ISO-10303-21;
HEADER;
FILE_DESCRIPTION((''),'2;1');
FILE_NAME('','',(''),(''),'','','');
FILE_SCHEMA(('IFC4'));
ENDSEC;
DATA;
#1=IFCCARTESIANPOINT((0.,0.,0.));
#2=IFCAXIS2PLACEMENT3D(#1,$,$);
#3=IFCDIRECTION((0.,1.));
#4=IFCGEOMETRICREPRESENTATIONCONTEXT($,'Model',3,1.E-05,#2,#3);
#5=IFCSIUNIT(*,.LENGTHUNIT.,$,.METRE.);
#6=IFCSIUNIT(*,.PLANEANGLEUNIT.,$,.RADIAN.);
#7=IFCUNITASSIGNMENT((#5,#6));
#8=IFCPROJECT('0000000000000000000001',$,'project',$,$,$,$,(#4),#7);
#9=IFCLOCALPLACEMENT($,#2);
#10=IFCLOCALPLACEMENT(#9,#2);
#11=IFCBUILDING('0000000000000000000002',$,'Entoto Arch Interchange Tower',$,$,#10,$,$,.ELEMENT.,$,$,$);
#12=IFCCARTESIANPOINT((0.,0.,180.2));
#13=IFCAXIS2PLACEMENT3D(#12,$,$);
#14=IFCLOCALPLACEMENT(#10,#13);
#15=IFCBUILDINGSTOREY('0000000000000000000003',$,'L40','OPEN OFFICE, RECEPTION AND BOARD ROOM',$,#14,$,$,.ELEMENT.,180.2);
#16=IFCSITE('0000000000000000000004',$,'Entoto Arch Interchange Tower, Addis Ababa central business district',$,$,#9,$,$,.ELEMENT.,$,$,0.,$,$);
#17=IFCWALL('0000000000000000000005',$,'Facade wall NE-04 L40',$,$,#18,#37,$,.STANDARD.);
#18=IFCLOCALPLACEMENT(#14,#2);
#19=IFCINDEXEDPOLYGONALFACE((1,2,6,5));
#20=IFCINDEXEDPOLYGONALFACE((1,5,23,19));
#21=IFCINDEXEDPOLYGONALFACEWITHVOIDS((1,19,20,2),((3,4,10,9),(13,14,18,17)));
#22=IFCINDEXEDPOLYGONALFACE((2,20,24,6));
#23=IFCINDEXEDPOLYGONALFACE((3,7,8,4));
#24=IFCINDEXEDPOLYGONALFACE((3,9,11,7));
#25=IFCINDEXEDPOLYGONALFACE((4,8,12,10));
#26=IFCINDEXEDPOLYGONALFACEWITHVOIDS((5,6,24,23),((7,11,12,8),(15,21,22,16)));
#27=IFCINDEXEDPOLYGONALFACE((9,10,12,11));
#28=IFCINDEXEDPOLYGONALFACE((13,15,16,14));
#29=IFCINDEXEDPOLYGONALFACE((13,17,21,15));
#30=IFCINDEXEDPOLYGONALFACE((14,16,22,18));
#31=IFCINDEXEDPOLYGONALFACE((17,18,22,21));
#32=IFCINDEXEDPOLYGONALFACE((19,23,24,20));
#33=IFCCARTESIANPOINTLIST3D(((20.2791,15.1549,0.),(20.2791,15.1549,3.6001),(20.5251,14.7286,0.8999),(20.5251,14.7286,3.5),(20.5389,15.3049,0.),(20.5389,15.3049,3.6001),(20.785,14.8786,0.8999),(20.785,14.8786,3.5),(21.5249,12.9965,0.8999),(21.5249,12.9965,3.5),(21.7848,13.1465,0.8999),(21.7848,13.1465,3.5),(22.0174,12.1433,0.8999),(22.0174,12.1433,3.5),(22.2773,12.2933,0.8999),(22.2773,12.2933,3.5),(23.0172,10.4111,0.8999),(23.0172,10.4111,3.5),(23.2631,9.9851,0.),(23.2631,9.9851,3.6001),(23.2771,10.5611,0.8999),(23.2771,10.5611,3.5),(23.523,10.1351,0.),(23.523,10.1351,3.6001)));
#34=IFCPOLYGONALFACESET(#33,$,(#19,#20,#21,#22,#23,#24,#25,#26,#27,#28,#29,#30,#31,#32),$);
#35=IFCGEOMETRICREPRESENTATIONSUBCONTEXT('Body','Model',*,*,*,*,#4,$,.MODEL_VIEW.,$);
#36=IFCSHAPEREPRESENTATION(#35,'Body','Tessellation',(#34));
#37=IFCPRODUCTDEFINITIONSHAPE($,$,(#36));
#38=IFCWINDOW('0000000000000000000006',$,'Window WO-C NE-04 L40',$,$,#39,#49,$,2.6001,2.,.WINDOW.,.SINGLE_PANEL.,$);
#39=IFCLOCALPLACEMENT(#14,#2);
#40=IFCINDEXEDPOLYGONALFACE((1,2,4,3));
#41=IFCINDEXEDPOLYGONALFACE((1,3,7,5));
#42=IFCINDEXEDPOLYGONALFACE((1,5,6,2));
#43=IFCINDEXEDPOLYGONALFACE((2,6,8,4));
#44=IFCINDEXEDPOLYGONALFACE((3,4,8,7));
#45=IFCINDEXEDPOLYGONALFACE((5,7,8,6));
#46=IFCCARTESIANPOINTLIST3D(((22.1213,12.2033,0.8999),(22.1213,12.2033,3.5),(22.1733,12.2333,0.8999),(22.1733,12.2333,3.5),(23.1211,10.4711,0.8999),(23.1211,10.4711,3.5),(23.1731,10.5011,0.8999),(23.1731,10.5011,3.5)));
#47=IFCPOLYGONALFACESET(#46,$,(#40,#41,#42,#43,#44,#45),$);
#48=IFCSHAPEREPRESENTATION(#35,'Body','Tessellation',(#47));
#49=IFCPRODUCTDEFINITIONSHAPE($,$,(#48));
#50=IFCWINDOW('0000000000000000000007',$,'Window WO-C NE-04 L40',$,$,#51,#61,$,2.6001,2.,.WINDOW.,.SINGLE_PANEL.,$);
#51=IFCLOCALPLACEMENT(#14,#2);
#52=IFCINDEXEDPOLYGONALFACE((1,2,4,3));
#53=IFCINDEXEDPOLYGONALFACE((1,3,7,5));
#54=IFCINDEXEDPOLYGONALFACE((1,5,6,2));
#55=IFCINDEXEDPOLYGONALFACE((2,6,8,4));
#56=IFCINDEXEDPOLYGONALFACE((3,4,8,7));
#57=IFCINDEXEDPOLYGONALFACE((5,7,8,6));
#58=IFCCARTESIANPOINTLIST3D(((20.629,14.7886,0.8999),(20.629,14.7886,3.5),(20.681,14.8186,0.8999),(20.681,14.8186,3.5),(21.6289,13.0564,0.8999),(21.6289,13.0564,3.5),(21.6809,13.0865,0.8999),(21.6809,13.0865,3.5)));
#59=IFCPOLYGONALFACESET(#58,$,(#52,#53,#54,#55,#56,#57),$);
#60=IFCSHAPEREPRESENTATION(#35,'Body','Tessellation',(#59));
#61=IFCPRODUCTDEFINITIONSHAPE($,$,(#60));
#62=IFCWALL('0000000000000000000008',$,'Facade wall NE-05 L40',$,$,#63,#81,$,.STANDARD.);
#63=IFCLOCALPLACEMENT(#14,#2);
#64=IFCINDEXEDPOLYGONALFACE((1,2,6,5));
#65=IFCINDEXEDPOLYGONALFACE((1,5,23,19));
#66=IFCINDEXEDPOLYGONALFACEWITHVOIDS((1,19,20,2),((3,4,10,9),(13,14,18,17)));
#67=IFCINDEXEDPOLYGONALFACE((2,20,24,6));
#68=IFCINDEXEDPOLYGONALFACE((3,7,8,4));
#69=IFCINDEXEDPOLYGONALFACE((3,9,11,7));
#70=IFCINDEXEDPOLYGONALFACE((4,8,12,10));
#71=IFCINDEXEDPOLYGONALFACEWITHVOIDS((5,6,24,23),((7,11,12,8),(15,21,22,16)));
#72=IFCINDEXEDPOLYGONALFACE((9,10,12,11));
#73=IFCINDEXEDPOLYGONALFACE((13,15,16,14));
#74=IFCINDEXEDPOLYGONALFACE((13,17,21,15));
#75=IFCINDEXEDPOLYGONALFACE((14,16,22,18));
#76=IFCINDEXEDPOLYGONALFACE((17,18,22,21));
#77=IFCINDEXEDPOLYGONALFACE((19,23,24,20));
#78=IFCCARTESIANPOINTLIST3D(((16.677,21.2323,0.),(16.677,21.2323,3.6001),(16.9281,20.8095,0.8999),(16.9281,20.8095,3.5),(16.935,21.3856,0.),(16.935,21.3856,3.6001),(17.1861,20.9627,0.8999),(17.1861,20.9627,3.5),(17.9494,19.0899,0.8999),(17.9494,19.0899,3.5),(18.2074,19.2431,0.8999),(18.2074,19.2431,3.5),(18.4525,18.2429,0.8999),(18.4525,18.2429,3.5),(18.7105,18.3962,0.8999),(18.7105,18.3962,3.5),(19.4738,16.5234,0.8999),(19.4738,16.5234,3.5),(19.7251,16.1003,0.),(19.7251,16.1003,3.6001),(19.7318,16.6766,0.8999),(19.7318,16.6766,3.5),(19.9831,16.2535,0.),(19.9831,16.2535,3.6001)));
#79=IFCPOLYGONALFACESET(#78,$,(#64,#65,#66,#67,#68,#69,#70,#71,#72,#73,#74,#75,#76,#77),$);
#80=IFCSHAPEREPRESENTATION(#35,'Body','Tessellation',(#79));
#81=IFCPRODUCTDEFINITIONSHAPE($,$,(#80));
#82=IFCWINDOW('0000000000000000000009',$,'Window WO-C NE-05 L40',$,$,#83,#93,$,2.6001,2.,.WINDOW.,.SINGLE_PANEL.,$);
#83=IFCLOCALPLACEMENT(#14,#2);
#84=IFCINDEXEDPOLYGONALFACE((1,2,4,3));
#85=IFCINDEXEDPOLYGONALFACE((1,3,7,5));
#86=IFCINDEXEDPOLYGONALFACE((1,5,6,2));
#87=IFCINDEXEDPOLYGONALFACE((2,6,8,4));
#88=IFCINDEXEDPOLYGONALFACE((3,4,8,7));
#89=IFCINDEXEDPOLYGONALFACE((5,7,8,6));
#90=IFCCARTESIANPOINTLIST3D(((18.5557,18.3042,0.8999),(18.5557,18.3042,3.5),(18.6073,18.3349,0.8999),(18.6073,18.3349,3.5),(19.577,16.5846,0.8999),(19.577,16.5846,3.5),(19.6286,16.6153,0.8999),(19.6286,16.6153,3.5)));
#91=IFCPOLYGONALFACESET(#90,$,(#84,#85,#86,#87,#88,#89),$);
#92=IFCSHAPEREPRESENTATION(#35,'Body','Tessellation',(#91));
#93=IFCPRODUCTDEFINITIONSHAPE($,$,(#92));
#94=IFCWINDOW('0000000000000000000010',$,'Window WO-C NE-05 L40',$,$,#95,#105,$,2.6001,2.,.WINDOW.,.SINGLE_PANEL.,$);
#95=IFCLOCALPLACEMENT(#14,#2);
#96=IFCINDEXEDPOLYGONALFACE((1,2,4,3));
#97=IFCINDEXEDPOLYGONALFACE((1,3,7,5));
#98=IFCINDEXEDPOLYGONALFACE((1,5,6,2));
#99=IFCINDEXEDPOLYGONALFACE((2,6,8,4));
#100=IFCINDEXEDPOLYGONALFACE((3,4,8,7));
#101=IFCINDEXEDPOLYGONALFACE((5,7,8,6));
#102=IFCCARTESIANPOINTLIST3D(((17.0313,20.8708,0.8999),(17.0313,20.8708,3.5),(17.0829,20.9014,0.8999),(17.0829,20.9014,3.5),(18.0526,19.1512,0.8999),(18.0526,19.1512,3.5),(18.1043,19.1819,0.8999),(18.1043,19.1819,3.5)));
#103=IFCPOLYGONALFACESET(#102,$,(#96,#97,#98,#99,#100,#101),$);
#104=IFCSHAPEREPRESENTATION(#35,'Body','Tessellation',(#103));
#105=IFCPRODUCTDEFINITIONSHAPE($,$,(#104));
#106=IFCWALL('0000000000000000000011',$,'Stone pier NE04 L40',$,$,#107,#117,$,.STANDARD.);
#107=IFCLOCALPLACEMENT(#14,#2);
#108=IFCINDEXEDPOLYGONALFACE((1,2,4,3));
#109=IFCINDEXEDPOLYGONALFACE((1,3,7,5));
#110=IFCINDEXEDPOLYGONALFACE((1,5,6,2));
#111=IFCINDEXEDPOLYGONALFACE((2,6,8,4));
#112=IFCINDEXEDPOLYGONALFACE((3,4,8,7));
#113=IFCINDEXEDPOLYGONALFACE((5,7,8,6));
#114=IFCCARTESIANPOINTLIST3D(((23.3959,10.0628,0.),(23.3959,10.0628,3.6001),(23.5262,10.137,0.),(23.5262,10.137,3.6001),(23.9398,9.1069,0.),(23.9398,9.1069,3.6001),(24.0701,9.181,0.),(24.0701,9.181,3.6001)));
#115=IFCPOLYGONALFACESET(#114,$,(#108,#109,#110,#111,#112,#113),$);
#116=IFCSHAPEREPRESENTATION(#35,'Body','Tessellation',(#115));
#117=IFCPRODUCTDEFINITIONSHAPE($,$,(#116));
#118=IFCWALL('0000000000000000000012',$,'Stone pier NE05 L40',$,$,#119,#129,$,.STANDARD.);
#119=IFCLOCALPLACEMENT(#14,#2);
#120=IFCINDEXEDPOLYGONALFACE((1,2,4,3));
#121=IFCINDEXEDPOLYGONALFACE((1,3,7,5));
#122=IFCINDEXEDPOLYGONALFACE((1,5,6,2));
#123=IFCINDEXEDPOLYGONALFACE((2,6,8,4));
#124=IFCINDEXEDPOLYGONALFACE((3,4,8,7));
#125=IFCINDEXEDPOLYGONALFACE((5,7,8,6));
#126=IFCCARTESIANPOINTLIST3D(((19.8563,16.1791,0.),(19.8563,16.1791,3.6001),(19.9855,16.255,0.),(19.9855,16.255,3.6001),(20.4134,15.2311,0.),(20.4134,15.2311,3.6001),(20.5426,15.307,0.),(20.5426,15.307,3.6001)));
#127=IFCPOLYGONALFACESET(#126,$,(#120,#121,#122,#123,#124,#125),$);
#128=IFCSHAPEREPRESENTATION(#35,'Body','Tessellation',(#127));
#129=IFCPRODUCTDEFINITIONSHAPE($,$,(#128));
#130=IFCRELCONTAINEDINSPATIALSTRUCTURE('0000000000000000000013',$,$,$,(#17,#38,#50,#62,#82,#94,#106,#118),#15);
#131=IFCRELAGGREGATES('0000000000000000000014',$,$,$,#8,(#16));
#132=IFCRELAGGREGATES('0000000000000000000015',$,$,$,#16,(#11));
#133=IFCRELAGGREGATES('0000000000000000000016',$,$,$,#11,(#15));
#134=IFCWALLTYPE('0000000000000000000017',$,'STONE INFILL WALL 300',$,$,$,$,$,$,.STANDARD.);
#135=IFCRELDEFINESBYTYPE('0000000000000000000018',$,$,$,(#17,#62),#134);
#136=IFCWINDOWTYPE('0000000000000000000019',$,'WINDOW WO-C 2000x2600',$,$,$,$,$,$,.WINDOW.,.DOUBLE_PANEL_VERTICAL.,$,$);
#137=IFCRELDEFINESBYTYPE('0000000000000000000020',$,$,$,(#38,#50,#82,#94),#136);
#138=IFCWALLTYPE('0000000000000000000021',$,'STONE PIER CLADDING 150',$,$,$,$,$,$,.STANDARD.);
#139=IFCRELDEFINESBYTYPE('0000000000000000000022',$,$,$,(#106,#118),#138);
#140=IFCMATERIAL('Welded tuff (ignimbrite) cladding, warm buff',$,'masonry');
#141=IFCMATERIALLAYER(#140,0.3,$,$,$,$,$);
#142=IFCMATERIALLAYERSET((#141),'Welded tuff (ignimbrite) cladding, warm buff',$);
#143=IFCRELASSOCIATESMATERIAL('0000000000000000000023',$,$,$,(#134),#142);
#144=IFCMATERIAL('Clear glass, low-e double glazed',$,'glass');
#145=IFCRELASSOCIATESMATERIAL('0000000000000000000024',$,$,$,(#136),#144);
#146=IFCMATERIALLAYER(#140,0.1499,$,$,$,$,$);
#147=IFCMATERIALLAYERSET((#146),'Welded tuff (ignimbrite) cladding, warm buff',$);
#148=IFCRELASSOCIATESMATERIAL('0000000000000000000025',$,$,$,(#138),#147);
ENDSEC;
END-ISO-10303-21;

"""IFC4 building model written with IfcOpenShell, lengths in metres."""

from ifc_helpers import new_model, si_unit, direction, frame, frame_2d, origin, place, context, subcontext, project, spatial, rectangle, extrude, material, layer, layer_set, type_object, element, fill, save


model = new_model("IFC4")

# Units and contexts
model_context = context("Model", 3, precision=1e-05, world=origin(), true_north=direction((0.0, 1.0)))
body_context = subcontext(model_context, "Body", "Model", "MODEL_VIEW")
ifc_project = project(units=[si_unit("LENGTHUNIT", "METRE"), si_unit("PLANEANGLEUNIT", "RADIAN")], contexts=[model_context])

# Site, building, storey
site_placement = place(None, origin())
site = spatial("IfcSite", under=ifc_project, at=site_placement, Name="Entoto Arch Interchange Tower, Addis Ababa central business district", CompositionType="ELEMENT", RefElevation=0.0)
building_placement = place(site_placement, origin())
building = spatial("IfcBuilding", under=site, at=building_placement, Name="Entoto Arch Interchange Tower", CompositionType="ELEMENT")
storey_placement = place(building_placement, frame((0.0, 0.0, 180.2)))
storey = spatial("IfcBuildingStorey", under=building, at=storey_placement, Name="L40", Description="OPEN OFFICE, RECEPTION AND BOARD ROOM", CompositionType="ELEMENT", Elevation=180.2)

# Walls, openings, windows
ifc_material_1 = material(Name="Welded tuff (ignimbrite) cladding, warm buff", Category="masonry")
ifc_layer_1 = layer(ifc_material_1, 0.3)
ifc_layer_set_1 = layer_set([ifc_layer_1], Name="Welded tuff (ignimbrite) cladding, warm buff")
wall_type_1 = type_object("IfcWallType", Name="STONE INFILL WALL 300", PredefinedType="STANDARD", material=ifc_layer_set_1)
wall_1_placement = place(storey_placement, frame((23.3931, 10.0601, 0.0), z_axis=(0.0, 0.0, 1.0), x_axis=(-0.499909, 0.866078, 0.0)))
wall_1 = element("IfcWall", 1, at=wall_1_placement, inside=storey, type_object=wall_type_1, Name="Facade wall NE-04 L40", PredefinedType="STANDARD", context=body_context, shape_type="SweptSolid", body=[
    extrude(rectangle(XDim=5.9692, YDim=0.3, at=frame_2d((2.9846, 0.0))), origin(), (0.0, 0.0, 1.0), 3.6001),
])
opening_1_placement = place(wall_1_placement, frame((0.4919, 0.0, 0.8999)))
opening_1 = element("IfcOpeningElement", 2, at=opening_1_placement, cuts=wall_1, PredefinedType="OPENING", context=body_context, shape_type="SweptSolid", body=[
    extrude(rectangle(XDim=2.0, YDim=2.6001, at=frame_2d((1.0, 1.3))), frame((0.0, 0.1602, 0.0), z_axis=(0.0, -1.0, 0.0), x_axis=(1.0, 0.0, 0.0)), (0.0, 0.0, 1.0), 0.3201),
])
opening_2_placement = place(wall_1_placement, frame((3.4771, 0.0, 0.8999)))
opening_2 = element("IfcOpeningElement", 3, at=opening_2_placement, cuts=wall_1, PredefinedType="OPENING", context=body_context, shape_type="SweptSolid", body=[
    extrude(rectangle(XDim=2.0, YDim=2.6001, at=frame_2d((1.0, 1.3))), frame((0.0, 0.1602, 0.0), z_axis=(0.0, -1.0, 0.0), x_axis=(1.0, 0.0, 0.0)), (0.0, 0.0, 1.0), 0.3201),
])
ifc_material_2 = material(Name="Clear glass, low-e double glazed", Category="glass")
window_type = type_object("IfcWindowType", Name="WINDOW WO-C 2000x2600", PartitioningType="DOUBLE_PANEL_VERTICAL", PredefinedType="WINDOW", material=ifc_material_2)
window_1_placement = place(opening_1_placement, origin())
window_1 = element("IfcWindow", 4, at=window_1_placement, inside=storey, type_object=window_type, Name="Window WO-C NE-04 L40", OverallHeight=2.6001, OverallWidth=2.0, PartitioningType="SINGLE_PANEL", PredefinedType="WINDOW", context=body_context, shape_type="SweptSolid", body=[
    extrude(rectangle(XDim=2.0, YDim=2.6001, at=frame_2d((1.0, 1.3))), frame((0.0, 0.03, 0.0), z_axis=(0.0, -1.0, 0.0), x_axis=(1.0, 0.0, 0.0)), (0.0, 0.0, 1.0), 0.0601),
])
fill(opening_1, window_1)
window_2_placement = place(opening_2_placement, origin())
window_2 = element("IfcWindow", 5, at=window_2_placement, inside=storey, type_object=window_type, Name="Window WO-C NE-04 L40", OverallHeight=2.6001, OverallWidth=2.0, PartitioningType="SINGLE_PANEL", PredefinedType="WINDOW", context=body_context, shape_type="SweptSolid", body=[
    extrude(rectangle(XDim=2.0, YDim=2.6001, at=frame_2d((1.0, 1.3))), frame((0.0, 0.03, 0.0), z_axis=(0.0, -1.0, 0.0), x_axis=(1.0, 0.0, 0.0)), (0.0, 0.0, 1.0), 0.0601),
])
fill(opening_2, window_2)
wall_2_placement = place(storey_placement, frame((19.854, 16.177, 0.0), z_axis=(0.0, 0.0, 1.0), x_axis=(-0.510653, 0.859787, 0.0)))
wall_2 = element("IfcWall", 6, at=wall_2_placement, inside=storey, type_object=wall_type_1, Name="Facade wall NE-05 L40", PredefinedType="STANDARD", context=body_context, shape_type="SweptSolid", body=[
    extrude(rectangle(XDim=5.969, YDim=0.3, at=frame_2d((2.9844, 0.0))), origin(), (0.0, 0.0, 1.0), 3.6001),
])
opening_3_placement = place(wall_2_placement, frame((0.4919, 0.0, 0.8999)))
opening_3 = element("IfcOpeningElement", 7, at=opening_3_placement, cuts=wall_2, PredefinedType="OPENING", context=body_context, shape_type="SweptSolid", body=[
    extrude(rectangle(XDim=2.0, YDim=2.6001, at=frame_2d((1.0, 1.3))), frame((0.0, 0.1602, 0.0), z_axis=(0.0, -1.0, 0.0), x_axis=(1.0, 0.0, 0.0)), (0.0, 0.0, 1.0), 0.3201),
])
opening_4_placement = place(wall_2_placement, frame((3.4771, 0.0, 0.8999)))
opening_4 = element("IfcOpeningElement", 8, at=opening_4_placement, cuts=wall_2, PredefinedType="OPENING", context=body_context, shape_type="SweptSolid", body=[
    extrude(rectangle(XDim=2.0, YDim=2.6001, at=frame_2d((1.0, 1.3))), frame((0.0, 0.1602, 0.0), z_axis=(0.0, -1.0, 0.0), x_axis=(1.0, 0.0, 0.0)), (0.0, 0.0, 1.0), 0.3201),
])
window_3_placement = place(opening_3_placement, origin())
window_3 = element("IfcWindow", 9, at=window_3_placement, inside=storey, type_object=window_type, Name="Window WO-C NE-05 L40", OverallHeight=2.6001, OverallWidth=2.0, PartitioningType="SINGLE_PANEL", PredefinedType="WINDOW", context=body_context, shape_type="SweptSolid", body=[
    extrude(rectangle(XDim=2.0, YDim=2.6001, at=frame_2d((1.0, 1.3))), frame((0.0, 0.03, 0.0), z_axis=(0.0, -1.0, 0.0), x_axis=(1.0, 0.0, 0.0)), (0.0, 0.0, 1.0), 0.0601),
])
fill(opening_3, window_3)
window_4_placement = place(opening_4_placement, origin())
window_4 = element("IfcWindow", 10, at=window_4_placement, inside=storey, type_object=window_type, Name="Window WO-C NE-05 L40", OverallHeight=2.6001, OverallWidth=2.0, PartitioningType="SINGLE_PANEL", PredefinedType="WINDOW", context=body_context, shape_type="SweptSolid", body=[
    extrude(rectangle(XDim=2.0, YDim=2.6001, at=frame_2d((1.0, 1.3))), frame((0.0, 0.03, 0.0), z_axis=(0.0, -1.0, 0.0), x_axis=(1.0, 0.0, 0.0)), (0.0, 0.0, 1.0), 0.0601),
])
fill(opening_4, window_4)

# Walls
ifc_layer_2 = layer(ifc_material_1, 0.1499)
ifc_layer_set_2 = layer_set([ifc_layer_2], Name="Welded tuff (ignimbrite) cladding, warm buff")
wall_type_2 = type_object("IfcWallType", Name="STONE PIER CLADDING 150", PredefinedType="STANDARD", material=ifc_layer_set_2)
wall_3_placement = place(storey_placement, frame((24.0049, 9.144, 0.0), z_axis=(0.0, 0.0, 1.0), x_axis=(-0.494513, 0.86917, 0.0)))
element("IfcWall", 11, at=wall_3_placement, inside=storey, type_object=wall_type_2, Name="Stone pier NE04 L40", PredefinedType="STANDARD", context=body_context, shape_type="SweptSolid", body=[
    extrude(rectangle(XDim=1.0999, YDim=0.1499, at=frame_2d((0.5498, 0.0))), origin(), (0.0, 0.0, 1.0), 3.6001),
])
wall_4_placement = place(storey_placement, frame((20.478, 15.269, 0.0), z_axis=(0.0, 0.0, 1.0), x_axis=(-0.506671, 0.86214, 0.0)))
element("IfcWall", 12, at=wall_4_placement, inside=storey, type_object=wall_type_2, Name="Stone pier NE05 L40", PredefinedType="STANDARD", context=body_context, shape_type="SweptSolid", body=[
    extrude(rectangle(XDim=1.0996, YDim=0.1499, at=frame_2d((0.5498, 0.0))), origin(), (0.0, 0.0, 1.0), 3.6001),
])

save(model, "model.ifc")
